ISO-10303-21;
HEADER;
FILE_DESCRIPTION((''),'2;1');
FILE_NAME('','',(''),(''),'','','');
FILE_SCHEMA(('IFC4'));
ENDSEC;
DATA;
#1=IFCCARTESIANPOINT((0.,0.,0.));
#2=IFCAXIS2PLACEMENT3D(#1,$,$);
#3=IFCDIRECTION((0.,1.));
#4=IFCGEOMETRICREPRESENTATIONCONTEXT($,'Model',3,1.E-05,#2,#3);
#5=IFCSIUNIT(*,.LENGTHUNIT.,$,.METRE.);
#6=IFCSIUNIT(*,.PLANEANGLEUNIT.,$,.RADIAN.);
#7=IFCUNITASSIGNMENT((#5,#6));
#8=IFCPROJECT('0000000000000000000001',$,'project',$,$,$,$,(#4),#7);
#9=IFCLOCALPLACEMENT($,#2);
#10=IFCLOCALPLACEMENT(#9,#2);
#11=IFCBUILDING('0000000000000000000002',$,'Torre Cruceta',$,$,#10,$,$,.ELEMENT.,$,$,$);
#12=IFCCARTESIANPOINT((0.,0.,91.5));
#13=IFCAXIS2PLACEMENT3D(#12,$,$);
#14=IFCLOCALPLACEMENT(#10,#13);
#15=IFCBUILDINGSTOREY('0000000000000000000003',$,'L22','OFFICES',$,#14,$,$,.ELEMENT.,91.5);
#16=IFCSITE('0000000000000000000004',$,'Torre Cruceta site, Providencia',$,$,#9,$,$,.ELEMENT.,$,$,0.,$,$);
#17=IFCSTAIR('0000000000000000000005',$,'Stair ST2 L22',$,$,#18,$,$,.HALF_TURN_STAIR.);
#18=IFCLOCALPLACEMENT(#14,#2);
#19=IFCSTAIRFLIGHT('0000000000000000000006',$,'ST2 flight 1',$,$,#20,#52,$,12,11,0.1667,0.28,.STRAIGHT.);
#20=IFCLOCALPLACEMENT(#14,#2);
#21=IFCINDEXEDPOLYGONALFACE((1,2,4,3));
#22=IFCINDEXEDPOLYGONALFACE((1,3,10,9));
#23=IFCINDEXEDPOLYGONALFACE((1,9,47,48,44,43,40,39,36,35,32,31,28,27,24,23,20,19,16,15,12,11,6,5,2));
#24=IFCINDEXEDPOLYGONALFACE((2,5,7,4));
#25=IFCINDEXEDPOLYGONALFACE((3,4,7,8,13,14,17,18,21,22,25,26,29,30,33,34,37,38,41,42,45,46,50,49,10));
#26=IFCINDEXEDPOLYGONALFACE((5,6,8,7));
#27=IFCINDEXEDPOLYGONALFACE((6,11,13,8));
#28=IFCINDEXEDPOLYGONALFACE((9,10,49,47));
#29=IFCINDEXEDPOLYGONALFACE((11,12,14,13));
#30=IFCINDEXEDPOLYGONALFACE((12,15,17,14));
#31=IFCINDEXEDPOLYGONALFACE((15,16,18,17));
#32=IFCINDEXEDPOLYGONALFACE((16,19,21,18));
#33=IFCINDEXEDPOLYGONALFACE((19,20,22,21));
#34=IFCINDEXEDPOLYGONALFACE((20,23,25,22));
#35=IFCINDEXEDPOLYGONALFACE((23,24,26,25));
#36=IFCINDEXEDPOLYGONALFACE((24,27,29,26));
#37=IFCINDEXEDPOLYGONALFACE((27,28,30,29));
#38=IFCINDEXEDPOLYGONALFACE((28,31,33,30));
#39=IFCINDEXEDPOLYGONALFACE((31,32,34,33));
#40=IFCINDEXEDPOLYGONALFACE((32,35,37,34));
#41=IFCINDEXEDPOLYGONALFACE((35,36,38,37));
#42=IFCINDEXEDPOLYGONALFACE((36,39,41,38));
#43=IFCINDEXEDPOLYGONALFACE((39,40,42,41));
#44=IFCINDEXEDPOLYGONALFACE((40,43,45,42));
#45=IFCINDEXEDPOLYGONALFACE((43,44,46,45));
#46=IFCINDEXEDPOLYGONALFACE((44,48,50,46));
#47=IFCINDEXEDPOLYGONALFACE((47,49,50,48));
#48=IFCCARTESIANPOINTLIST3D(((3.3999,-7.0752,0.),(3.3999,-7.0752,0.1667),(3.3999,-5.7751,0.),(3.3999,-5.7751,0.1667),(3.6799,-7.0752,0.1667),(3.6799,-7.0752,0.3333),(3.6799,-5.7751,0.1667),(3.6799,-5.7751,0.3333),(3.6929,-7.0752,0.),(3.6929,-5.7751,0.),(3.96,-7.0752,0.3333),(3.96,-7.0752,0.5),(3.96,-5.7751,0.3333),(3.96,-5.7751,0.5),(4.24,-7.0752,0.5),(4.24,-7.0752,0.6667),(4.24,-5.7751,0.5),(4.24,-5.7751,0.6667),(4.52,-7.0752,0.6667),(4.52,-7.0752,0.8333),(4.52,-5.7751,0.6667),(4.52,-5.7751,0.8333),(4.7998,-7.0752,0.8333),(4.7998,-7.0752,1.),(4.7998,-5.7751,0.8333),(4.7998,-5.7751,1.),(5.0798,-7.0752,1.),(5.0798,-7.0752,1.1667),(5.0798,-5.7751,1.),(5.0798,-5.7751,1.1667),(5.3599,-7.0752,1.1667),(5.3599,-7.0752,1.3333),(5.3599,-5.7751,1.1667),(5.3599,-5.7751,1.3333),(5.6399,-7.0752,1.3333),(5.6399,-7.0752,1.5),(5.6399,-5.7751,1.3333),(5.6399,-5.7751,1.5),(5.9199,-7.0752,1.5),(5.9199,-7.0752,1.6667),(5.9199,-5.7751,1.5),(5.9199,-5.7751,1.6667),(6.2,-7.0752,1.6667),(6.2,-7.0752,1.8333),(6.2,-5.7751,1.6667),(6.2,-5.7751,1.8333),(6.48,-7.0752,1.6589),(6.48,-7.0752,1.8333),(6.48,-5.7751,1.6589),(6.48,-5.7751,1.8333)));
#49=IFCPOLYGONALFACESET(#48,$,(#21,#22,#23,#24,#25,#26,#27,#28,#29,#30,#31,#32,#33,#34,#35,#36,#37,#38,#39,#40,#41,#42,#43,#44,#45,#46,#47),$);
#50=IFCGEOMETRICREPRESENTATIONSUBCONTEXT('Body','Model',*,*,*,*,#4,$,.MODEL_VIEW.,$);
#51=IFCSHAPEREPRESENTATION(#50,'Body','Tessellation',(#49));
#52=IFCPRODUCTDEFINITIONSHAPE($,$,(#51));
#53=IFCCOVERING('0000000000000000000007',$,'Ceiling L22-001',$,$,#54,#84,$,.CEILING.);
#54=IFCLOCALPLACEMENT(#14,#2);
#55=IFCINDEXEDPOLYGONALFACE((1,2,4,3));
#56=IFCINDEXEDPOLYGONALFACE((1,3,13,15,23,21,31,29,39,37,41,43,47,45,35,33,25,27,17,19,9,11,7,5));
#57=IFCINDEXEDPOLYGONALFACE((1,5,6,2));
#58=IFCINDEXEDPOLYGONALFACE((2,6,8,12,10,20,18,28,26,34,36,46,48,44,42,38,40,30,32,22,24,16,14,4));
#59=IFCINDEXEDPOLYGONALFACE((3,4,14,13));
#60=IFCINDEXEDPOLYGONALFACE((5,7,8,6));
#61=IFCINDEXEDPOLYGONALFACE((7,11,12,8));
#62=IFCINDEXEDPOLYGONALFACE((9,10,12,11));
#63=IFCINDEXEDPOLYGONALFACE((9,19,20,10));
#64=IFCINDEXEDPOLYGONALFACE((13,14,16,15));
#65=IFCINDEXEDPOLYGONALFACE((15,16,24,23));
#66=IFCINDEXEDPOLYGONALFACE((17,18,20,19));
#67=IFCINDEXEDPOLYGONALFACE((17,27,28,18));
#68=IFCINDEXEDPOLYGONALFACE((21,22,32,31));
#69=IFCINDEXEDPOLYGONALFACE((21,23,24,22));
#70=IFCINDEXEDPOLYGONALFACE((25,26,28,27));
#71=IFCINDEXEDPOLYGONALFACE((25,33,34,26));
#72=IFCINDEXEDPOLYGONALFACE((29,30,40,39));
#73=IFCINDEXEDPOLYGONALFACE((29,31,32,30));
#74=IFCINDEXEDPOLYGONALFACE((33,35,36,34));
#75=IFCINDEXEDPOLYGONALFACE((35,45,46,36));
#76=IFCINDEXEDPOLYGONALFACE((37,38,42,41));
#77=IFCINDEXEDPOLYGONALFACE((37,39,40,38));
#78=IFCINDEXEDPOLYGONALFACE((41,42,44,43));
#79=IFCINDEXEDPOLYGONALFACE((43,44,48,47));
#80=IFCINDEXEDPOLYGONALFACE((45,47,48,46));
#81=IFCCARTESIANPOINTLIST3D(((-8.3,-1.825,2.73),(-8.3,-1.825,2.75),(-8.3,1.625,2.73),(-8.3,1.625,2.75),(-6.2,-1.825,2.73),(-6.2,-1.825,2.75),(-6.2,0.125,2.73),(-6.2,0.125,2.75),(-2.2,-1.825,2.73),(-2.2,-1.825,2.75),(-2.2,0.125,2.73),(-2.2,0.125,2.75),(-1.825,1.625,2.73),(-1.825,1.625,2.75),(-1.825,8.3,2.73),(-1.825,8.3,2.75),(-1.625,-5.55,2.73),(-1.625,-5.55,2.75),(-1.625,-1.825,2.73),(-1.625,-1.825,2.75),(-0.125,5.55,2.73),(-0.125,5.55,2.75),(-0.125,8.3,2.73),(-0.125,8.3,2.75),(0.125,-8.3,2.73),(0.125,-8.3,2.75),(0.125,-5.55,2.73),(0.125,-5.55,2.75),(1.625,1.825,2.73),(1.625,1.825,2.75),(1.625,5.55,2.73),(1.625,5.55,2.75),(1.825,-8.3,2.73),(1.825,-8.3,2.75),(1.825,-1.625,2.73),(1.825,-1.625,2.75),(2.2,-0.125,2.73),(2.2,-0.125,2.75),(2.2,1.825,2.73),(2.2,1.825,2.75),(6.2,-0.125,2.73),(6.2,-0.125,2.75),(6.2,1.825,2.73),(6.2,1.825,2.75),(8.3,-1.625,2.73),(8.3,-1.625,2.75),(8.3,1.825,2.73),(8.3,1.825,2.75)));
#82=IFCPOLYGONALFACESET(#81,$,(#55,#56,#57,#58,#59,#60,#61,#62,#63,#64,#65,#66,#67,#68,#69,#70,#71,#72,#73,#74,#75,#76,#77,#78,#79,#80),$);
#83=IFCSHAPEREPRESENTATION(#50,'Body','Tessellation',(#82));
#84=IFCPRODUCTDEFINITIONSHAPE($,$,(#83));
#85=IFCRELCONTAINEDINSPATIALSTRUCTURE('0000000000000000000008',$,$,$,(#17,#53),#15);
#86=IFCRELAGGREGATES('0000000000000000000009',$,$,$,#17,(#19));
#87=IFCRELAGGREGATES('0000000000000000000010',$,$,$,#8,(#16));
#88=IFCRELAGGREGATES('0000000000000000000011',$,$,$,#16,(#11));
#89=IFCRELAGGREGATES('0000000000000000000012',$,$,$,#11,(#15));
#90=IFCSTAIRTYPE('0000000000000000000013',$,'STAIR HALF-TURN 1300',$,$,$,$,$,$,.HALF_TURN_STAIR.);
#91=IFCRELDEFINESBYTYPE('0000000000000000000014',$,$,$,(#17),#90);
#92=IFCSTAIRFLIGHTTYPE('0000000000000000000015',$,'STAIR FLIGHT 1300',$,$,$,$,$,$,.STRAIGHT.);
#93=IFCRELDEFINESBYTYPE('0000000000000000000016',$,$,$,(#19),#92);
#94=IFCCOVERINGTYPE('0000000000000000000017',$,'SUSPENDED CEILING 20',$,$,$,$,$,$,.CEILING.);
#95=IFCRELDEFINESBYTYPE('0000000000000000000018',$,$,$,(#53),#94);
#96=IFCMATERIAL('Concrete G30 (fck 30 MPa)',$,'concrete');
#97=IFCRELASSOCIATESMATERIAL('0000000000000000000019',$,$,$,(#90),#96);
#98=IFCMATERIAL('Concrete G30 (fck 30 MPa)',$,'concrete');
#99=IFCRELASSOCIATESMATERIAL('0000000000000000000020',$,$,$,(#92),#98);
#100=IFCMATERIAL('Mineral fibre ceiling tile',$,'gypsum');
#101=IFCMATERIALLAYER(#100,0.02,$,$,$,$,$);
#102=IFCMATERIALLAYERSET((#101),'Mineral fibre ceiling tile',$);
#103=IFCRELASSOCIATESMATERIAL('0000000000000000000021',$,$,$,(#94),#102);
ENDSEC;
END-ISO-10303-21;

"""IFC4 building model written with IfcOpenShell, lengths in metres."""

from ifc_helpers import new_model, si_unit, direction, frame, origin, place, context, subcontext, project, spatial, polyline, outline, extrude, material, layer, layer_set, type_object, element, aggregate, save


model = new_model("IFC4")

# Units and contexts
model_context = context("Model", 3, precision=1e-05, world=origin(), true_north=direction((0.0, 1.0)))
body_context = subcontext(model_context, "Body", "Model", "MODEL_VIEW")
ifc_project = project(units=[si_unit("LENGTHUNIT", "METRE"), si_unit("PLANEANGLEUNIT", "RADIAN")], contexts=[model_context])

# Site, building, storey
site_placement = place(None, origin())
site = spatial("IfcSite", under=ifc_project, at=site_placement, Name="Torre Cruceta site, Providencia", CompositionType="ELEMENT", RefElevation=0.0)
building_placement = place(site_placement, origin())
building = spatial("IfcBuilding", under=site, at=building_placement, Name="Torre Cruceta", CompositionType="ELEMENT")
storey_placement = place(building_placement, frame((0.0, 0.0, 91.5)))
storey = spatial("IfcBuildingStorey", under=building, at=storey_placement, Name="L22", Description="OFFICES", CompositionType="ELEMENT", Elevation=91.5)

# Stair
ifc_material_1 = material(Name="Concrete G30 (fck 30 MPa)", Category="concrete")
stair_type = type_object("IfcStairType", Name="STAIR HALF-TURN 1300", PredefinedType="HALF_TURN_STAIR", material=ifc_material_1)
stair_1_placement = place(storey_placement, origin())
stair_1 = element("IfcStair", 1, at=stair_1_placement, inside=storey, type_object=stair_type, Name="Stair ST2 L22", PredefinedType="HALF_TURN_STAIR")

# Stair flight
ifc_material_2 = material(Name="Concrete G30 (fck 30 MPa)", Category="concrete")
stair_flight_type = type_object("IfcStairFlightType", Name="STAIR FLIGHT 1300", PredefinedType="STRAIGHT", material=ifc_material_2)
stair_flight_placement = place(storey_placement, frame((3.3999, -6.425, 0.0), z_axis=(0.0, 0.0, 1.0), x_axis=(1.0, 0.0, 0.0)))
stair_flight = element("IfcStairFlight", 2, at=stair_flight_placement, type_object=stair_flight_type, Name="ST2 flight 1", NumberOfRisers=12, NumberOfTreads=11, PredefinedType="STRAIGHT", RiserHeight=0.1667, TreadLength=0.28, context=body_context, shape_type="SweptSolid", body=[
    extrude(outline(polyline([(0.0, 0.0), (0.0, 0.1667), (0.28, 0.1667), (0.28, 0.3333), (0.5601, 0.3333), (0.5601, 0.5), (0.8401, 0.5), (0.8401, 0.6667), (1.1201, 0.6667), (1.1201, 0.8333), (1.3999, 0.8333), (1.3999, 1.0), (1.6799, 1.0), (1.6799, 1.1667), (1.96, 1.1667), (1.96, 1.3333), (2.24, 1.3333), (2.24, 1.5), (2.52, 1.5), (2.52, 1.6667), (2.8, 1.6667), (2.8, 1.8333), (3.0801, 1.8333), (3.0801, 2.0), (3.0801, 1.6589), (0.293, 0.0), (0.0, 0.0)])), frame((0.0, 0.6499, 0.0), z_axis=(0.0, -1.0, 0.0), x_axis=(1.0, 0.0, 0.0)), (0.0, 0.0, 1.0), 1.3),
])
aggregate(stair_1, [stair_flight])

# Covering
ifc_material_3 = material(Name="Mineral fibre ceiling tile", Category="gypsum")
ifc_layer_1 = layer(ifc_material_3, 0.02)
ifc_layer_set_1 = layer_set([ifc_layer_1], Name="Mineral fibre ceiling tile")
covering_type = type_object("IfcCoveringType", Name="SUSPENDED CEILING 20", PredefinedType="CEILING", material=ifc_layer_set_1)
covering_placement = place(storey_placement, frame((0.0, 0.0, 2.73)))
element("IfcCovering", 3, at=covering_placement, inside=storey, type_object=covering_type, Name="Ceiling L22-001", PredefinedType="CEILING", context=body_context, shape_type="SweptSolid", body=[
    extrude(outline(polyline([(1.825, -8.3), (0.125, -8.3), (0.125, -5.55), (-1.625, -5.55), (-1.625, -1.825), (-2.2, -1.825), (-2.2, 0.125), (-6.2, 0.125), (-6.2, -1.825), (-8.3, -1.825), (-8.3, 1.625), (-1.825, 1.625), (-1.825, 8.3), (-0.125, 8.3), (-0.125, 5.55), (1.625, 5.55), (1.625, 1.825), (2.2, 1.825), (2.2, -0.125), (6.2, -0.125), (6.2, 1.825), (8.3, 1.825), (8.3, -1.625), (1.825, -1.625), (1.825, -8.3)])), origin(), (0.0, 0.0, 1.0), 0.02),
])

save(model, "model.ifc")
